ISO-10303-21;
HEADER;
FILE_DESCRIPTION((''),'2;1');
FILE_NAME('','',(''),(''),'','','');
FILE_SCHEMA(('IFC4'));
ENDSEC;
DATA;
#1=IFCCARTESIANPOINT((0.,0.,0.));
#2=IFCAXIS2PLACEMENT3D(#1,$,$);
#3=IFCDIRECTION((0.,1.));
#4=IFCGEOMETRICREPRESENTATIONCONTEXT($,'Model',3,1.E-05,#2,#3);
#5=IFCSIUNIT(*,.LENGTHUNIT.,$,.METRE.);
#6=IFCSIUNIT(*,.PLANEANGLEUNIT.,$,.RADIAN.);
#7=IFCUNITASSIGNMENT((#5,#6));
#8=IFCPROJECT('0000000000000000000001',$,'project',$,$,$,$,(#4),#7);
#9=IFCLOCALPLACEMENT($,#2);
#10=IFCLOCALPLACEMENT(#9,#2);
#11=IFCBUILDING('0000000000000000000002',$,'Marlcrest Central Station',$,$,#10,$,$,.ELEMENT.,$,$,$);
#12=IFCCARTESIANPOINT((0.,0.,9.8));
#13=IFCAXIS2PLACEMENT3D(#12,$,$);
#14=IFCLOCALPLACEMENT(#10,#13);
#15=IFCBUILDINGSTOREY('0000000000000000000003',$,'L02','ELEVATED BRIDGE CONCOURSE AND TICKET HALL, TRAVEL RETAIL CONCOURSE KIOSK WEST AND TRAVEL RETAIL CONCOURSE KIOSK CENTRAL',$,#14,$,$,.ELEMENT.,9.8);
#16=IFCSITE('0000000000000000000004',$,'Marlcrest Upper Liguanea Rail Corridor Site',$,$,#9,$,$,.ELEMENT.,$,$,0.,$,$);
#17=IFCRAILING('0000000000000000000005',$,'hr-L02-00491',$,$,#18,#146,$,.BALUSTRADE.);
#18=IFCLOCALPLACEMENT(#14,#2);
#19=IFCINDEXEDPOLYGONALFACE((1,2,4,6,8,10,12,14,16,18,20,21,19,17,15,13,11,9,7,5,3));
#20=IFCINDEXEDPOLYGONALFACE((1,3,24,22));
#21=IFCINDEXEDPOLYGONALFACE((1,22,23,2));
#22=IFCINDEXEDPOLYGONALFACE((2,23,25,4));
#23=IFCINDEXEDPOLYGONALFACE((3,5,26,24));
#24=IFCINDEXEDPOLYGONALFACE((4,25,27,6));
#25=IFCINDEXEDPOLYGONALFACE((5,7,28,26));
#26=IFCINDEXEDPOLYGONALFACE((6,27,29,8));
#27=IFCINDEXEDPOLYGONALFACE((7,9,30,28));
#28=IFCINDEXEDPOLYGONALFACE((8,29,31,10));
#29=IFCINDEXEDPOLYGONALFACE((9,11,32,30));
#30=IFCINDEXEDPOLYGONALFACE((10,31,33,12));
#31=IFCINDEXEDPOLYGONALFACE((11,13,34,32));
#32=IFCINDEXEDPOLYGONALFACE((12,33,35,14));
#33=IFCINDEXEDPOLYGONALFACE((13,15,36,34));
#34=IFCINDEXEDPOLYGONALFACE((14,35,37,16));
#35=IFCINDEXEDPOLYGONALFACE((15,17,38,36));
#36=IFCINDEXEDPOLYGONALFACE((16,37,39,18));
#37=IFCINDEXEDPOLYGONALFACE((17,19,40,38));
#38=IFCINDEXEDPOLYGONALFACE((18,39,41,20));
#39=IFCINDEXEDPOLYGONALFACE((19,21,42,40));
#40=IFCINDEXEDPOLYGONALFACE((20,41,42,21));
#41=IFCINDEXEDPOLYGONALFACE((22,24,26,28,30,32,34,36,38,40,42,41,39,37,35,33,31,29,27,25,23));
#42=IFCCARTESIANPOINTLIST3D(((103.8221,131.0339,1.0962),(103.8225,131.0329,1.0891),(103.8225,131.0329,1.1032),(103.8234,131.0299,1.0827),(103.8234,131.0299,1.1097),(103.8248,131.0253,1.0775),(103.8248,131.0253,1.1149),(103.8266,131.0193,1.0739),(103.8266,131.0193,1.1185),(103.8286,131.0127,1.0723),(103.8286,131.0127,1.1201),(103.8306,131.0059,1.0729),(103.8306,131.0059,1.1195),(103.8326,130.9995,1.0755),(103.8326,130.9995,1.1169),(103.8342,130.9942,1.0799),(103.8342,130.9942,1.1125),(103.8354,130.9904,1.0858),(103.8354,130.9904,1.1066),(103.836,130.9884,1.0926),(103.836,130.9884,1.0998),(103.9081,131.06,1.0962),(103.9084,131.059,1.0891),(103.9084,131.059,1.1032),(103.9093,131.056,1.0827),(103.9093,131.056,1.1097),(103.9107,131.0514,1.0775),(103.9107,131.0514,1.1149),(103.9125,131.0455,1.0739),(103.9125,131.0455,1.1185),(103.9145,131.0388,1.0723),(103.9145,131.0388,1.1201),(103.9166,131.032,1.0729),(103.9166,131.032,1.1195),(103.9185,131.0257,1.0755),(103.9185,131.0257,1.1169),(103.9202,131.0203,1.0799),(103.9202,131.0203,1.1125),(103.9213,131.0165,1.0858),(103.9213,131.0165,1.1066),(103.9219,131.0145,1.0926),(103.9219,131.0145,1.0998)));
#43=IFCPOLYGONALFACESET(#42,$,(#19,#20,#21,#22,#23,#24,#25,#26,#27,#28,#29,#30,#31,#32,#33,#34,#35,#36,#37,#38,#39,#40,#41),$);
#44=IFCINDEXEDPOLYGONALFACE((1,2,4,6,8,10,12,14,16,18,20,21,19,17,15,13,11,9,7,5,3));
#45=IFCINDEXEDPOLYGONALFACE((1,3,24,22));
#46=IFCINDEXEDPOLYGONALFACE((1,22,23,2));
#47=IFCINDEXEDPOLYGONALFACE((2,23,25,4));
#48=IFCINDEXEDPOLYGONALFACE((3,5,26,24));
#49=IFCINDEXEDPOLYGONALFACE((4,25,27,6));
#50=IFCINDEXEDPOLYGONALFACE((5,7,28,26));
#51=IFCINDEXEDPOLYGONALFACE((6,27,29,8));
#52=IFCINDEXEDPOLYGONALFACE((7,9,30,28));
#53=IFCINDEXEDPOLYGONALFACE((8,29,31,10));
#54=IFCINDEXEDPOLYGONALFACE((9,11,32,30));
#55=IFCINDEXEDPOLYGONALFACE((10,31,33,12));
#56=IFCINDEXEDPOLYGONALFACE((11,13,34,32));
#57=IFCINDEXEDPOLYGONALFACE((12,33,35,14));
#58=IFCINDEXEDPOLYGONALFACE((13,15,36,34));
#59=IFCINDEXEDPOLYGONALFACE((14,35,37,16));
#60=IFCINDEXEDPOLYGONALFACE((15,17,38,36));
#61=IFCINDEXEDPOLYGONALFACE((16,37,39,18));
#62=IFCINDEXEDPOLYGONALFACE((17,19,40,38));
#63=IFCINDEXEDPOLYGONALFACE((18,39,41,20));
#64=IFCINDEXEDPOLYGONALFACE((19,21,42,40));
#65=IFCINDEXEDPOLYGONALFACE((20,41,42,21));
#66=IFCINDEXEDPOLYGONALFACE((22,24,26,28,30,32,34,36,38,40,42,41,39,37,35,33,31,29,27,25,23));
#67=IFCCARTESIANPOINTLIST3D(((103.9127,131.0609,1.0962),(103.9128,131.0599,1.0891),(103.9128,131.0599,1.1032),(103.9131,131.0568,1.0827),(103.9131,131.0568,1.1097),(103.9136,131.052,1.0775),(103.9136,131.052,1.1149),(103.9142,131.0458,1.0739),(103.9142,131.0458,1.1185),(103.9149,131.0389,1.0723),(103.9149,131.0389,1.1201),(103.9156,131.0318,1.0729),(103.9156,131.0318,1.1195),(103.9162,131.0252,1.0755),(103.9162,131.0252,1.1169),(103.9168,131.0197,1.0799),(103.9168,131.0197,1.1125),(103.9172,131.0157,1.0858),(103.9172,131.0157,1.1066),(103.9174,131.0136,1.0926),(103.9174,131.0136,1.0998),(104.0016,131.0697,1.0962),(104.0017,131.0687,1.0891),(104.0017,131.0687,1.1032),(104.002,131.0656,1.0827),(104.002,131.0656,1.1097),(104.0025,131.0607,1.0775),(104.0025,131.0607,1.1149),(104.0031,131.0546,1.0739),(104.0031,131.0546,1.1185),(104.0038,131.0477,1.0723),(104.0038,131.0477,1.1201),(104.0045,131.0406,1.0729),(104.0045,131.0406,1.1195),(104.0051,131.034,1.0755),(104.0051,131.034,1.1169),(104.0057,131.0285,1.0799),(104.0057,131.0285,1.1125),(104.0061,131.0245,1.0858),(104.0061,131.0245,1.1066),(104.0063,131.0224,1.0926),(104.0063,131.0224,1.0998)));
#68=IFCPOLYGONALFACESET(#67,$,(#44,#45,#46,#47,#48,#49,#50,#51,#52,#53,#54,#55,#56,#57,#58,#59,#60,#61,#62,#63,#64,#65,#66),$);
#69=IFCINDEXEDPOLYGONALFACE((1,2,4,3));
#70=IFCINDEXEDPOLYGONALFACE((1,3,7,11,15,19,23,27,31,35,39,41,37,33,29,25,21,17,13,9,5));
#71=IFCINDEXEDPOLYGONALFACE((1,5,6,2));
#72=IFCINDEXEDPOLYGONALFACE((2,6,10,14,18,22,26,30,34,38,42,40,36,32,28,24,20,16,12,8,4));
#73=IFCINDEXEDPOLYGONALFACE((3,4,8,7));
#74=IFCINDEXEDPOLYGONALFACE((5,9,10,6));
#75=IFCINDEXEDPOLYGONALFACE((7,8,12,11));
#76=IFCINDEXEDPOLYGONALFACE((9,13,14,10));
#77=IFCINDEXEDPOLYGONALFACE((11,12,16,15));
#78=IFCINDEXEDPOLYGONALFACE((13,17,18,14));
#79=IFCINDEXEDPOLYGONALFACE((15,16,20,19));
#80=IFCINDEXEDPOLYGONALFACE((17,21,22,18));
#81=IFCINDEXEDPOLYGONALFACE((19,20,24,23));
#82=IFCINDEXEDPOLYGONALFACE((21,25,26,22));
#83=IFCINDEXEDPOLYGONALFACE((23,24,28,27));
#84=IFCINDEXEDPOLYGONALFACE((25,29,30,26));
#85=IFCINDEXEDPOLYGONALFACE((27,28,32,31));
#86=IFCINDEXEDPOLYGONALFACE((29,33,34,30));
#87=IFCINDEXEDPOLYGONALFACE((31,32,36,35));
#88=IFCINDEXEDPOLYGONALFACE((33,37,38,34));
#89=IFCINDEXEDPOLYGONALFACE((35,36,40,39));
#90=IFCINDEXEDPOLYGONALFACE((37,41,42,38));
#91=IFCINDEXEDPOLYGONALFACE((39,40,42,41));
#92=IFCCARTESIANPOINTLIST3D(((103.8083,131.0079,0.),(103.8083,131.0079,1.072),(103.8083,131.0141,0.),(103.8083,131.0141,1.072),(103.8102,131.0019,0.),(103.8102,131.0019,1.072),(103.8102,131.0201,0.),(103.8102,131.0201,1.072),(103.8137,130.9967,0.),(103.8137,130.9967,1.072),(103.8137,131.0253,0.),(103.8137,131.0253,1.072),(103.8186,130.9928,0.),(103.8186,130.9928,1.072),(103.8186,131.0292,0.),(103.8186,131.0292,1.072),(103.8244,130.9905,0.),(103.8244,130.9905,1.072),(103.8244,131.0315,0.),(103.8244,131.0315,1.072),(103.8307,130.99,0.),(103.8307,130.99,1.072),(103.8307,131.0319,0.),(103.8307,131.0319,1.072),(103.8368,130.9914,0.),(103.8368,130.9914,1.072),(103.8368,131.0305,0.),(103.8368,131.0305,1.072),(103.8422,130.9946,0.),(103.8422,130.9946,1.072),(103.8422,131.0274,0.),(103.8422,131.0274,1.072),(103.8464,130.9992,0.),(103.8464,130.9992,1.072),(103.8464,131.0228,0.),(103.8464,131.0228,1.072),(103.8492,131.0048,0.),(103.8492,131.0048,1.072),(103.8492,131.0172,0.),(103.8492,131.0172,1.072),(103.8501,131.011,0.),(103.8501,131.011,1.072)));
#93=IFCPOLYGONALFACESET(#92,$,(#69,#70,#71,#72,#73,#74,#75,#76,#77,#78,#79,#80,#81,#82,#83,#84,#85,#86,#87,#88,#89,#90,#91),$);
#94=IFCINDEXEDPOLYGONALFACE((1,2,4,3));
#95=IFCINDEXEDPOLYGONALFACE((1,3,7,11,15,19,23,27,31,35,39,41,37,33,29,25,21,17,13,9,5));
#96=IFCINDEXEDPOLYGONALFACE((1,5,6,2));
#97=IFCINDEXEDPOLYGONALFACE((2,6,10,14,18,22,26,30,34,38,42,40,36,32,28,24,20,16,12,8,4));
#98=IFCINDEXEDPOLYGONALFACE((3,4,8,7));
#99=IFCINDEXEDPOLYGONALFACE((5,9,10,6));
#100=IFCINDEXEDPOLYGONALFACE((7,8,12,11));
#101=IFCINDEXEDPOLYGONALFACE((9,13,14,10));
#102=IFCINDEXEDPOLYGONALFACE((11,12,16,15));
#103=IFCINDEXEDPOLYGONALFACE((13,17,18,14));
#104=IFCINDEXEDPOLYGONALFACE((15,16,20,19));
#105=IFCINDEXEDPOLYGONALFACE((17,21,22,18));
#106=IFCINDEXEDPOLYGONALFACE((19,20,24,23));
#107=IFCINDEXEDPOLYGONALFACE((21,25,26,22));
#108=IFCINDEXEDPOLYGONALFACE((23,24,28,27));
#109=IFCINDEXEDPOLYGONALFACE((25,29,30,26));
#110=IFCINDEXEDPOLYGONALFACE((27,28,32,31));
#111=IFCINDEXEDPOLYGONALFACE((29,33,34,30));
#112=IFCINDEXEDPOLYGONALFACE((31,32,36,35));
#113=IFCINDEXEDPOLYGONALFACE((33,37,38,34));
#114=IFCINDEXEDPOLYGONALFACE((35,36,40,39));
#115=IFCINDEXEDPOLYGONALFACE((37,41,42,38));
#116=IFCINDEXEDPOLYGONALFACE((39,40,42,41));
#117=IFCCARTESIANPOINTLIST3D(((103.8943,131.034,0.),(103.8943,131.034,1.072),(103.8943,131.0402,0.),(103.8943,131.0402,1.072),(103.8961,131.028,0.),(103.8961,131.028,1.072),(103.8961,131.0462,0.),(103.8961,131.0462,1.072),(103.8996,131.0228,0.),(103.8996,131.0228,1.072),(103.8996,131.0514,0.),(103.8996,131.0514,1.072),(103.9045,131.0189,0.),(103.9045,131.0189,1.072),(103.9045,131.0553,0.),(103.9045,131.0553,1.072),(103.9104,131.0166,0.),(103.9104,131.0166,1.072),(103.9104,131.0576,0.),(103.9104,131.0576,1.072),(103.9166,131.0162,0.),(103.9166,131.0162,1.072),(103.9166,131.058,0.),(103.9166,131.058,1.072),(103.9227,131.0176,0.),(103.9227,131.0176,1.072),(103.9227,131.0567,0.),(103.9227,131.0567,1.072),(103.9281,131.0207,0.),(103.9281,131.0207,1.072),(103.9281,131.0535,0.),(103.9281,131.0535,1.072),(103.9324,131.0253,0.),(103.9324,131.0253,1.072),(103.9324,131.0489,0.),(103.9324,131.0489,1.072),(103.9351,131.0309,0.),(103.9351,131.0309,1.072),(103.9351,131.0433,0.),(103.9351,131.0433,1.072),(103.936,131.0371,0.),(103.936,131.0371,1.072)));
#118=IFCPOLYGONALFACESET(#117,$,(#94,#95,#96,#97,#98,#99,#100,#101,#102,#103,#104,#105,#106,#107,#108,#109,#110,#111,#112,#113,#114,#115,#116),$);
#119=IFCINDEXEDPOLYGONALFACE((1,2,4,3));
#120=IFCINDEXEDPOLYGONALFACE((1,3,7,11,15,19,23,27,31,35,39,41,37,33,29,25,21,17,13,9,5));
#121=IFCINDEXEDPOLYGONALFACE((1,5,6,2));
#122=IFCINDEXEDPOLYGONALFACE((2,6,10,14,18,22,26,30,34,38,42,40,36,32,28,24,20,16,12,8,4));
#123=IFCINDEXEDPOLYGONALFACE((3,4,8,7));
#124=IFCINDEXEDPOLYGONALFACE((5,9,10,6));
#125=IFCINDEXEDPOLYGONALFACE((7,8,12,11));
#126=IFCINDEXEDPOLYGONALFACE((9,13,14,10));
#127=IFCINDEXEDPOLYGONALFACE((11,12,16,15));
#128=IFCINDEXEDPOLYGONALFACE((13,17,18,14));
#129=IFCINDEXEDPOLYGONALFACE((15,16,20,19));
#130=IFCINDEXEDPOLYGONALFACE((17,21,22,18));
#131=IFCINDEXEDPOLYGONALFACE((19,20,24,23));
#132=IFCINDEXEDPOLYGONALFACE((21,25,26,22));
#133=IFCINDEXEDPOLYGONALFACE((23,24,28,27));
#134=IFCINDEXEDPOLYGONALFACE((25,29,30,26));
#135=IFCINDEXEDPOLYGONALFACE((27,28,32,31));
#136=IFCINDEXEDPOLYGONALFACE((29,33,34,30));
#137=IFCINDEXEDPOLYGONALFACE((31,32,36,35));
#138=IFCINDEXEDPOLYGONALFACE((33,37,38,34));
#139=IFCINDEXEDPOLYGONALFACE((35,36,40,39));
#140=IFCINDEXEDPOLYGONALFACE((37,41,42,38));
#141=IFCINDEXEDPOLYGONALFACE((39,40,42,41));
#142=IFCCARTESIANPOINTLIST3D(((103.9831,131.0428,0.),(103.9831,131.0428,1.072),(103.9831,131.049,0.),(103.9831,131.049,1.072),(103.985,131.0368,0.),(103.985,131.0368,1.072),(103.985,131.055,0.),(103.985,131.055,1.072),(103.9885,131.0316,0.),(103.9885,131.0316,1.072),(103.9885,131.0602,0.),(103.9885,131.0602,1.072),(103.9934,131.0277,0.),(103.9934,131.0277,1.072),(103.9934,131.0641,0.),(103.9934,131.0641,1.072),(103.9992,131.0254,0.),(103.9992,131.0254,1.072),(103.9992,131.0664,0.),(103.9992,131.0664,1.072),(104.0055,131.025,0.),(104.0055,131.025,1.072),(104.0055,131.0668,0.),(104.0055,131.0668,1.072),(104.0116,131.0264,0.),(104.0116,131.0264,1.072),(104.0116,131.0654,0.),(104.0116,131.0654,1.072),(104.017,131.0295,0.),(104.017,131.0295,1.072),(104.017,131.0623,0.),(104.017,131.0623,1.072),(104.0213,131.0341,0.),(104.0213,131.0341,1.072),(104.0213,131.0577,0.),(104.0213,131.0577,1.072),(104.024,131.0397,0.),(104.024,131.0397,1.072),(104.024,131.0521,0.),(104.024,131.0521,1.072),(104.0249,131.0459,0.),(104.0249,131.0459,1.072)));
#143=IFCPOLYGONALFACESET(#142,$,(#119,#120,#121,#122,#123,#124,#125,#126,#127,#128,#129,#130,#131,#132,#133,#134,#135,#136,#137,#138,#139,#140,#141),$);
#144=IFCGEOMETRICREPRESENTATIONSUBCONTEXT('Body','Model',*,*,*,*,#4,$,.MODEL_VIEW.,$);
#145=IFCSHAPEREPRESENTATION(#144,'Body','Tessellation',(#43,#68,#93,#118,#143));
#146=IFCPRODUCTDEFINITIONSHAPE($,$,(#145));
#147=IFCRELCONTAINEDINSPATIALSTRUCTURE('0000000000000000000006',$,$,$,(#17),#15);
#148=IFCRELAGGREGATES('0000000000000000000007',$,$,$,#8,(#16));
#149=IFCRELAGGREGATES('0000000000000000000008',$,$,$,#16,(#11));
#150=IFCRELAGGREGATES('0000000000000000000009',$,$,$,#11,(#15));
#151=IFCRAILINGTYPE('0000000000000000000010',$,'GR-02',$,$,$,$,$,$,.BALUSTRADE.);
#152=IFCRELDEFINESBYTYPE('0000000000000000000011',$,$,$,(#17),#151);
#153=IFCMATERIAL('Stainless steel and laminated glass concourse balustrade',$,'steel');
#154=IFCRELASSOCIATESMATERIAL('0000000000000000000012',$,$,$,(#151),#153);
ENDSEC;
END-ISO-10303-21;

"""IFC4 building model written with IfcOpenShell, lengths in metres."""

from ifc_helpers import new_model, si_unit, direction, frame, origin, origin_2d, place, context, subcontext, project, spatial, circle, extrude, material, type_object, element, save


model = new_model("IFC4")

# Units and contexts
model_context = context("Model", 3, precision=1e-05, world=origin(), true_north=direction((0.0, 1.0)))
body_context = subcontext(model_context, "Body", "Model", "MODEL_VIEW")
ifc_project = project(units=[si_unit("LENGTHUNIT", "METRE"), si_unit("PLANEANGLEUNIT", "RADIAN")], contexts=[model_context])

# Site, building, storey
site_placement = place(None, origin())
site = spatial("IfcSite", under=ifc_project, at=site_placement, Name="Marlcrest Upper Liguanea Rail Corridor Site", CompositionType="ELEMENT", RefElevation=0.0)
building_placement = place(site_placement, origin())
building = spatial("IfcBuilding", under=site, at=building_placement, Name="Marlcrest Central Station", CompositionType="ELEMENT")
storey_placement = place(building_placement, frame((0.0, 0.0, 9.8)))
storey = spatial("IfcBuildingStorey", under=building, at=storey_placement, Name="L02", Description="ELEVATED BRIDGE CONCOURSE AND TICKET HALL, TRAVEL RETAIL CONCOURSE KIOSK WEST AND TRAVEL RETAIL CONCOURSE KIOSK CENTRAL", CompositionType="ELEMENT", Elevation=9.8)

# Railing
ifc_material_1 = material(Name="Stainless steel and laminated glass concourse balustrade", Category="steel")
railing_type = type_object("IfcRailingType", Name="GR-02", PredefinedType="BALUSTRADE", material=ifc_material_1)
railing_1_placement = place(storey_placement, frame((103.8291, 131.011, 0.0)))
element("IfcRailing", 1, at=railing_1_placement, inside=storey, type_object=railing_type, Name="hr-L02-00491", PredefinedType="BALUSTRADE", context=body_context, shape_type="SweptSolid", body=[
    extrude(circle(Radius=0.0239, at=origin_2d()), frame((0.0, 0.0, 1.0962), z_axis=(0.956773, 0.290837, 0.0), x_axis=(-0.290837, 0.956773, 0.0)), (0.0, 0.0, 1.0), 0.0898),
    extrude(circle(Radius=0.0239, at=origin_2d()), frame((0.0859, 0.0261, 1.0962), z_axis=(0.995145, 0.098421, 0.0), x_axis=(-0.098421, 0.995145, 0.0)), (0.0, 0.0, 1.0), 0.0894),
    extrude(circle(Radius=0.021, at=origin_2d()), origin(), (0.0, 0.0, 1.0), 1.072),
    extrude(circle(Radius=0.021, at=origin_2d()), frame((0.0859, 0.0261, 0.0)), (0.0, 0.0, 1.0), 1.072),
    extrude(circle(Radius=0.021, at=origin_2d()), frame((0.1748, 0.0349, 0.0)), (0.0, 0.0, 1.0), 1.072),
])

save(model, "model.ifc")
